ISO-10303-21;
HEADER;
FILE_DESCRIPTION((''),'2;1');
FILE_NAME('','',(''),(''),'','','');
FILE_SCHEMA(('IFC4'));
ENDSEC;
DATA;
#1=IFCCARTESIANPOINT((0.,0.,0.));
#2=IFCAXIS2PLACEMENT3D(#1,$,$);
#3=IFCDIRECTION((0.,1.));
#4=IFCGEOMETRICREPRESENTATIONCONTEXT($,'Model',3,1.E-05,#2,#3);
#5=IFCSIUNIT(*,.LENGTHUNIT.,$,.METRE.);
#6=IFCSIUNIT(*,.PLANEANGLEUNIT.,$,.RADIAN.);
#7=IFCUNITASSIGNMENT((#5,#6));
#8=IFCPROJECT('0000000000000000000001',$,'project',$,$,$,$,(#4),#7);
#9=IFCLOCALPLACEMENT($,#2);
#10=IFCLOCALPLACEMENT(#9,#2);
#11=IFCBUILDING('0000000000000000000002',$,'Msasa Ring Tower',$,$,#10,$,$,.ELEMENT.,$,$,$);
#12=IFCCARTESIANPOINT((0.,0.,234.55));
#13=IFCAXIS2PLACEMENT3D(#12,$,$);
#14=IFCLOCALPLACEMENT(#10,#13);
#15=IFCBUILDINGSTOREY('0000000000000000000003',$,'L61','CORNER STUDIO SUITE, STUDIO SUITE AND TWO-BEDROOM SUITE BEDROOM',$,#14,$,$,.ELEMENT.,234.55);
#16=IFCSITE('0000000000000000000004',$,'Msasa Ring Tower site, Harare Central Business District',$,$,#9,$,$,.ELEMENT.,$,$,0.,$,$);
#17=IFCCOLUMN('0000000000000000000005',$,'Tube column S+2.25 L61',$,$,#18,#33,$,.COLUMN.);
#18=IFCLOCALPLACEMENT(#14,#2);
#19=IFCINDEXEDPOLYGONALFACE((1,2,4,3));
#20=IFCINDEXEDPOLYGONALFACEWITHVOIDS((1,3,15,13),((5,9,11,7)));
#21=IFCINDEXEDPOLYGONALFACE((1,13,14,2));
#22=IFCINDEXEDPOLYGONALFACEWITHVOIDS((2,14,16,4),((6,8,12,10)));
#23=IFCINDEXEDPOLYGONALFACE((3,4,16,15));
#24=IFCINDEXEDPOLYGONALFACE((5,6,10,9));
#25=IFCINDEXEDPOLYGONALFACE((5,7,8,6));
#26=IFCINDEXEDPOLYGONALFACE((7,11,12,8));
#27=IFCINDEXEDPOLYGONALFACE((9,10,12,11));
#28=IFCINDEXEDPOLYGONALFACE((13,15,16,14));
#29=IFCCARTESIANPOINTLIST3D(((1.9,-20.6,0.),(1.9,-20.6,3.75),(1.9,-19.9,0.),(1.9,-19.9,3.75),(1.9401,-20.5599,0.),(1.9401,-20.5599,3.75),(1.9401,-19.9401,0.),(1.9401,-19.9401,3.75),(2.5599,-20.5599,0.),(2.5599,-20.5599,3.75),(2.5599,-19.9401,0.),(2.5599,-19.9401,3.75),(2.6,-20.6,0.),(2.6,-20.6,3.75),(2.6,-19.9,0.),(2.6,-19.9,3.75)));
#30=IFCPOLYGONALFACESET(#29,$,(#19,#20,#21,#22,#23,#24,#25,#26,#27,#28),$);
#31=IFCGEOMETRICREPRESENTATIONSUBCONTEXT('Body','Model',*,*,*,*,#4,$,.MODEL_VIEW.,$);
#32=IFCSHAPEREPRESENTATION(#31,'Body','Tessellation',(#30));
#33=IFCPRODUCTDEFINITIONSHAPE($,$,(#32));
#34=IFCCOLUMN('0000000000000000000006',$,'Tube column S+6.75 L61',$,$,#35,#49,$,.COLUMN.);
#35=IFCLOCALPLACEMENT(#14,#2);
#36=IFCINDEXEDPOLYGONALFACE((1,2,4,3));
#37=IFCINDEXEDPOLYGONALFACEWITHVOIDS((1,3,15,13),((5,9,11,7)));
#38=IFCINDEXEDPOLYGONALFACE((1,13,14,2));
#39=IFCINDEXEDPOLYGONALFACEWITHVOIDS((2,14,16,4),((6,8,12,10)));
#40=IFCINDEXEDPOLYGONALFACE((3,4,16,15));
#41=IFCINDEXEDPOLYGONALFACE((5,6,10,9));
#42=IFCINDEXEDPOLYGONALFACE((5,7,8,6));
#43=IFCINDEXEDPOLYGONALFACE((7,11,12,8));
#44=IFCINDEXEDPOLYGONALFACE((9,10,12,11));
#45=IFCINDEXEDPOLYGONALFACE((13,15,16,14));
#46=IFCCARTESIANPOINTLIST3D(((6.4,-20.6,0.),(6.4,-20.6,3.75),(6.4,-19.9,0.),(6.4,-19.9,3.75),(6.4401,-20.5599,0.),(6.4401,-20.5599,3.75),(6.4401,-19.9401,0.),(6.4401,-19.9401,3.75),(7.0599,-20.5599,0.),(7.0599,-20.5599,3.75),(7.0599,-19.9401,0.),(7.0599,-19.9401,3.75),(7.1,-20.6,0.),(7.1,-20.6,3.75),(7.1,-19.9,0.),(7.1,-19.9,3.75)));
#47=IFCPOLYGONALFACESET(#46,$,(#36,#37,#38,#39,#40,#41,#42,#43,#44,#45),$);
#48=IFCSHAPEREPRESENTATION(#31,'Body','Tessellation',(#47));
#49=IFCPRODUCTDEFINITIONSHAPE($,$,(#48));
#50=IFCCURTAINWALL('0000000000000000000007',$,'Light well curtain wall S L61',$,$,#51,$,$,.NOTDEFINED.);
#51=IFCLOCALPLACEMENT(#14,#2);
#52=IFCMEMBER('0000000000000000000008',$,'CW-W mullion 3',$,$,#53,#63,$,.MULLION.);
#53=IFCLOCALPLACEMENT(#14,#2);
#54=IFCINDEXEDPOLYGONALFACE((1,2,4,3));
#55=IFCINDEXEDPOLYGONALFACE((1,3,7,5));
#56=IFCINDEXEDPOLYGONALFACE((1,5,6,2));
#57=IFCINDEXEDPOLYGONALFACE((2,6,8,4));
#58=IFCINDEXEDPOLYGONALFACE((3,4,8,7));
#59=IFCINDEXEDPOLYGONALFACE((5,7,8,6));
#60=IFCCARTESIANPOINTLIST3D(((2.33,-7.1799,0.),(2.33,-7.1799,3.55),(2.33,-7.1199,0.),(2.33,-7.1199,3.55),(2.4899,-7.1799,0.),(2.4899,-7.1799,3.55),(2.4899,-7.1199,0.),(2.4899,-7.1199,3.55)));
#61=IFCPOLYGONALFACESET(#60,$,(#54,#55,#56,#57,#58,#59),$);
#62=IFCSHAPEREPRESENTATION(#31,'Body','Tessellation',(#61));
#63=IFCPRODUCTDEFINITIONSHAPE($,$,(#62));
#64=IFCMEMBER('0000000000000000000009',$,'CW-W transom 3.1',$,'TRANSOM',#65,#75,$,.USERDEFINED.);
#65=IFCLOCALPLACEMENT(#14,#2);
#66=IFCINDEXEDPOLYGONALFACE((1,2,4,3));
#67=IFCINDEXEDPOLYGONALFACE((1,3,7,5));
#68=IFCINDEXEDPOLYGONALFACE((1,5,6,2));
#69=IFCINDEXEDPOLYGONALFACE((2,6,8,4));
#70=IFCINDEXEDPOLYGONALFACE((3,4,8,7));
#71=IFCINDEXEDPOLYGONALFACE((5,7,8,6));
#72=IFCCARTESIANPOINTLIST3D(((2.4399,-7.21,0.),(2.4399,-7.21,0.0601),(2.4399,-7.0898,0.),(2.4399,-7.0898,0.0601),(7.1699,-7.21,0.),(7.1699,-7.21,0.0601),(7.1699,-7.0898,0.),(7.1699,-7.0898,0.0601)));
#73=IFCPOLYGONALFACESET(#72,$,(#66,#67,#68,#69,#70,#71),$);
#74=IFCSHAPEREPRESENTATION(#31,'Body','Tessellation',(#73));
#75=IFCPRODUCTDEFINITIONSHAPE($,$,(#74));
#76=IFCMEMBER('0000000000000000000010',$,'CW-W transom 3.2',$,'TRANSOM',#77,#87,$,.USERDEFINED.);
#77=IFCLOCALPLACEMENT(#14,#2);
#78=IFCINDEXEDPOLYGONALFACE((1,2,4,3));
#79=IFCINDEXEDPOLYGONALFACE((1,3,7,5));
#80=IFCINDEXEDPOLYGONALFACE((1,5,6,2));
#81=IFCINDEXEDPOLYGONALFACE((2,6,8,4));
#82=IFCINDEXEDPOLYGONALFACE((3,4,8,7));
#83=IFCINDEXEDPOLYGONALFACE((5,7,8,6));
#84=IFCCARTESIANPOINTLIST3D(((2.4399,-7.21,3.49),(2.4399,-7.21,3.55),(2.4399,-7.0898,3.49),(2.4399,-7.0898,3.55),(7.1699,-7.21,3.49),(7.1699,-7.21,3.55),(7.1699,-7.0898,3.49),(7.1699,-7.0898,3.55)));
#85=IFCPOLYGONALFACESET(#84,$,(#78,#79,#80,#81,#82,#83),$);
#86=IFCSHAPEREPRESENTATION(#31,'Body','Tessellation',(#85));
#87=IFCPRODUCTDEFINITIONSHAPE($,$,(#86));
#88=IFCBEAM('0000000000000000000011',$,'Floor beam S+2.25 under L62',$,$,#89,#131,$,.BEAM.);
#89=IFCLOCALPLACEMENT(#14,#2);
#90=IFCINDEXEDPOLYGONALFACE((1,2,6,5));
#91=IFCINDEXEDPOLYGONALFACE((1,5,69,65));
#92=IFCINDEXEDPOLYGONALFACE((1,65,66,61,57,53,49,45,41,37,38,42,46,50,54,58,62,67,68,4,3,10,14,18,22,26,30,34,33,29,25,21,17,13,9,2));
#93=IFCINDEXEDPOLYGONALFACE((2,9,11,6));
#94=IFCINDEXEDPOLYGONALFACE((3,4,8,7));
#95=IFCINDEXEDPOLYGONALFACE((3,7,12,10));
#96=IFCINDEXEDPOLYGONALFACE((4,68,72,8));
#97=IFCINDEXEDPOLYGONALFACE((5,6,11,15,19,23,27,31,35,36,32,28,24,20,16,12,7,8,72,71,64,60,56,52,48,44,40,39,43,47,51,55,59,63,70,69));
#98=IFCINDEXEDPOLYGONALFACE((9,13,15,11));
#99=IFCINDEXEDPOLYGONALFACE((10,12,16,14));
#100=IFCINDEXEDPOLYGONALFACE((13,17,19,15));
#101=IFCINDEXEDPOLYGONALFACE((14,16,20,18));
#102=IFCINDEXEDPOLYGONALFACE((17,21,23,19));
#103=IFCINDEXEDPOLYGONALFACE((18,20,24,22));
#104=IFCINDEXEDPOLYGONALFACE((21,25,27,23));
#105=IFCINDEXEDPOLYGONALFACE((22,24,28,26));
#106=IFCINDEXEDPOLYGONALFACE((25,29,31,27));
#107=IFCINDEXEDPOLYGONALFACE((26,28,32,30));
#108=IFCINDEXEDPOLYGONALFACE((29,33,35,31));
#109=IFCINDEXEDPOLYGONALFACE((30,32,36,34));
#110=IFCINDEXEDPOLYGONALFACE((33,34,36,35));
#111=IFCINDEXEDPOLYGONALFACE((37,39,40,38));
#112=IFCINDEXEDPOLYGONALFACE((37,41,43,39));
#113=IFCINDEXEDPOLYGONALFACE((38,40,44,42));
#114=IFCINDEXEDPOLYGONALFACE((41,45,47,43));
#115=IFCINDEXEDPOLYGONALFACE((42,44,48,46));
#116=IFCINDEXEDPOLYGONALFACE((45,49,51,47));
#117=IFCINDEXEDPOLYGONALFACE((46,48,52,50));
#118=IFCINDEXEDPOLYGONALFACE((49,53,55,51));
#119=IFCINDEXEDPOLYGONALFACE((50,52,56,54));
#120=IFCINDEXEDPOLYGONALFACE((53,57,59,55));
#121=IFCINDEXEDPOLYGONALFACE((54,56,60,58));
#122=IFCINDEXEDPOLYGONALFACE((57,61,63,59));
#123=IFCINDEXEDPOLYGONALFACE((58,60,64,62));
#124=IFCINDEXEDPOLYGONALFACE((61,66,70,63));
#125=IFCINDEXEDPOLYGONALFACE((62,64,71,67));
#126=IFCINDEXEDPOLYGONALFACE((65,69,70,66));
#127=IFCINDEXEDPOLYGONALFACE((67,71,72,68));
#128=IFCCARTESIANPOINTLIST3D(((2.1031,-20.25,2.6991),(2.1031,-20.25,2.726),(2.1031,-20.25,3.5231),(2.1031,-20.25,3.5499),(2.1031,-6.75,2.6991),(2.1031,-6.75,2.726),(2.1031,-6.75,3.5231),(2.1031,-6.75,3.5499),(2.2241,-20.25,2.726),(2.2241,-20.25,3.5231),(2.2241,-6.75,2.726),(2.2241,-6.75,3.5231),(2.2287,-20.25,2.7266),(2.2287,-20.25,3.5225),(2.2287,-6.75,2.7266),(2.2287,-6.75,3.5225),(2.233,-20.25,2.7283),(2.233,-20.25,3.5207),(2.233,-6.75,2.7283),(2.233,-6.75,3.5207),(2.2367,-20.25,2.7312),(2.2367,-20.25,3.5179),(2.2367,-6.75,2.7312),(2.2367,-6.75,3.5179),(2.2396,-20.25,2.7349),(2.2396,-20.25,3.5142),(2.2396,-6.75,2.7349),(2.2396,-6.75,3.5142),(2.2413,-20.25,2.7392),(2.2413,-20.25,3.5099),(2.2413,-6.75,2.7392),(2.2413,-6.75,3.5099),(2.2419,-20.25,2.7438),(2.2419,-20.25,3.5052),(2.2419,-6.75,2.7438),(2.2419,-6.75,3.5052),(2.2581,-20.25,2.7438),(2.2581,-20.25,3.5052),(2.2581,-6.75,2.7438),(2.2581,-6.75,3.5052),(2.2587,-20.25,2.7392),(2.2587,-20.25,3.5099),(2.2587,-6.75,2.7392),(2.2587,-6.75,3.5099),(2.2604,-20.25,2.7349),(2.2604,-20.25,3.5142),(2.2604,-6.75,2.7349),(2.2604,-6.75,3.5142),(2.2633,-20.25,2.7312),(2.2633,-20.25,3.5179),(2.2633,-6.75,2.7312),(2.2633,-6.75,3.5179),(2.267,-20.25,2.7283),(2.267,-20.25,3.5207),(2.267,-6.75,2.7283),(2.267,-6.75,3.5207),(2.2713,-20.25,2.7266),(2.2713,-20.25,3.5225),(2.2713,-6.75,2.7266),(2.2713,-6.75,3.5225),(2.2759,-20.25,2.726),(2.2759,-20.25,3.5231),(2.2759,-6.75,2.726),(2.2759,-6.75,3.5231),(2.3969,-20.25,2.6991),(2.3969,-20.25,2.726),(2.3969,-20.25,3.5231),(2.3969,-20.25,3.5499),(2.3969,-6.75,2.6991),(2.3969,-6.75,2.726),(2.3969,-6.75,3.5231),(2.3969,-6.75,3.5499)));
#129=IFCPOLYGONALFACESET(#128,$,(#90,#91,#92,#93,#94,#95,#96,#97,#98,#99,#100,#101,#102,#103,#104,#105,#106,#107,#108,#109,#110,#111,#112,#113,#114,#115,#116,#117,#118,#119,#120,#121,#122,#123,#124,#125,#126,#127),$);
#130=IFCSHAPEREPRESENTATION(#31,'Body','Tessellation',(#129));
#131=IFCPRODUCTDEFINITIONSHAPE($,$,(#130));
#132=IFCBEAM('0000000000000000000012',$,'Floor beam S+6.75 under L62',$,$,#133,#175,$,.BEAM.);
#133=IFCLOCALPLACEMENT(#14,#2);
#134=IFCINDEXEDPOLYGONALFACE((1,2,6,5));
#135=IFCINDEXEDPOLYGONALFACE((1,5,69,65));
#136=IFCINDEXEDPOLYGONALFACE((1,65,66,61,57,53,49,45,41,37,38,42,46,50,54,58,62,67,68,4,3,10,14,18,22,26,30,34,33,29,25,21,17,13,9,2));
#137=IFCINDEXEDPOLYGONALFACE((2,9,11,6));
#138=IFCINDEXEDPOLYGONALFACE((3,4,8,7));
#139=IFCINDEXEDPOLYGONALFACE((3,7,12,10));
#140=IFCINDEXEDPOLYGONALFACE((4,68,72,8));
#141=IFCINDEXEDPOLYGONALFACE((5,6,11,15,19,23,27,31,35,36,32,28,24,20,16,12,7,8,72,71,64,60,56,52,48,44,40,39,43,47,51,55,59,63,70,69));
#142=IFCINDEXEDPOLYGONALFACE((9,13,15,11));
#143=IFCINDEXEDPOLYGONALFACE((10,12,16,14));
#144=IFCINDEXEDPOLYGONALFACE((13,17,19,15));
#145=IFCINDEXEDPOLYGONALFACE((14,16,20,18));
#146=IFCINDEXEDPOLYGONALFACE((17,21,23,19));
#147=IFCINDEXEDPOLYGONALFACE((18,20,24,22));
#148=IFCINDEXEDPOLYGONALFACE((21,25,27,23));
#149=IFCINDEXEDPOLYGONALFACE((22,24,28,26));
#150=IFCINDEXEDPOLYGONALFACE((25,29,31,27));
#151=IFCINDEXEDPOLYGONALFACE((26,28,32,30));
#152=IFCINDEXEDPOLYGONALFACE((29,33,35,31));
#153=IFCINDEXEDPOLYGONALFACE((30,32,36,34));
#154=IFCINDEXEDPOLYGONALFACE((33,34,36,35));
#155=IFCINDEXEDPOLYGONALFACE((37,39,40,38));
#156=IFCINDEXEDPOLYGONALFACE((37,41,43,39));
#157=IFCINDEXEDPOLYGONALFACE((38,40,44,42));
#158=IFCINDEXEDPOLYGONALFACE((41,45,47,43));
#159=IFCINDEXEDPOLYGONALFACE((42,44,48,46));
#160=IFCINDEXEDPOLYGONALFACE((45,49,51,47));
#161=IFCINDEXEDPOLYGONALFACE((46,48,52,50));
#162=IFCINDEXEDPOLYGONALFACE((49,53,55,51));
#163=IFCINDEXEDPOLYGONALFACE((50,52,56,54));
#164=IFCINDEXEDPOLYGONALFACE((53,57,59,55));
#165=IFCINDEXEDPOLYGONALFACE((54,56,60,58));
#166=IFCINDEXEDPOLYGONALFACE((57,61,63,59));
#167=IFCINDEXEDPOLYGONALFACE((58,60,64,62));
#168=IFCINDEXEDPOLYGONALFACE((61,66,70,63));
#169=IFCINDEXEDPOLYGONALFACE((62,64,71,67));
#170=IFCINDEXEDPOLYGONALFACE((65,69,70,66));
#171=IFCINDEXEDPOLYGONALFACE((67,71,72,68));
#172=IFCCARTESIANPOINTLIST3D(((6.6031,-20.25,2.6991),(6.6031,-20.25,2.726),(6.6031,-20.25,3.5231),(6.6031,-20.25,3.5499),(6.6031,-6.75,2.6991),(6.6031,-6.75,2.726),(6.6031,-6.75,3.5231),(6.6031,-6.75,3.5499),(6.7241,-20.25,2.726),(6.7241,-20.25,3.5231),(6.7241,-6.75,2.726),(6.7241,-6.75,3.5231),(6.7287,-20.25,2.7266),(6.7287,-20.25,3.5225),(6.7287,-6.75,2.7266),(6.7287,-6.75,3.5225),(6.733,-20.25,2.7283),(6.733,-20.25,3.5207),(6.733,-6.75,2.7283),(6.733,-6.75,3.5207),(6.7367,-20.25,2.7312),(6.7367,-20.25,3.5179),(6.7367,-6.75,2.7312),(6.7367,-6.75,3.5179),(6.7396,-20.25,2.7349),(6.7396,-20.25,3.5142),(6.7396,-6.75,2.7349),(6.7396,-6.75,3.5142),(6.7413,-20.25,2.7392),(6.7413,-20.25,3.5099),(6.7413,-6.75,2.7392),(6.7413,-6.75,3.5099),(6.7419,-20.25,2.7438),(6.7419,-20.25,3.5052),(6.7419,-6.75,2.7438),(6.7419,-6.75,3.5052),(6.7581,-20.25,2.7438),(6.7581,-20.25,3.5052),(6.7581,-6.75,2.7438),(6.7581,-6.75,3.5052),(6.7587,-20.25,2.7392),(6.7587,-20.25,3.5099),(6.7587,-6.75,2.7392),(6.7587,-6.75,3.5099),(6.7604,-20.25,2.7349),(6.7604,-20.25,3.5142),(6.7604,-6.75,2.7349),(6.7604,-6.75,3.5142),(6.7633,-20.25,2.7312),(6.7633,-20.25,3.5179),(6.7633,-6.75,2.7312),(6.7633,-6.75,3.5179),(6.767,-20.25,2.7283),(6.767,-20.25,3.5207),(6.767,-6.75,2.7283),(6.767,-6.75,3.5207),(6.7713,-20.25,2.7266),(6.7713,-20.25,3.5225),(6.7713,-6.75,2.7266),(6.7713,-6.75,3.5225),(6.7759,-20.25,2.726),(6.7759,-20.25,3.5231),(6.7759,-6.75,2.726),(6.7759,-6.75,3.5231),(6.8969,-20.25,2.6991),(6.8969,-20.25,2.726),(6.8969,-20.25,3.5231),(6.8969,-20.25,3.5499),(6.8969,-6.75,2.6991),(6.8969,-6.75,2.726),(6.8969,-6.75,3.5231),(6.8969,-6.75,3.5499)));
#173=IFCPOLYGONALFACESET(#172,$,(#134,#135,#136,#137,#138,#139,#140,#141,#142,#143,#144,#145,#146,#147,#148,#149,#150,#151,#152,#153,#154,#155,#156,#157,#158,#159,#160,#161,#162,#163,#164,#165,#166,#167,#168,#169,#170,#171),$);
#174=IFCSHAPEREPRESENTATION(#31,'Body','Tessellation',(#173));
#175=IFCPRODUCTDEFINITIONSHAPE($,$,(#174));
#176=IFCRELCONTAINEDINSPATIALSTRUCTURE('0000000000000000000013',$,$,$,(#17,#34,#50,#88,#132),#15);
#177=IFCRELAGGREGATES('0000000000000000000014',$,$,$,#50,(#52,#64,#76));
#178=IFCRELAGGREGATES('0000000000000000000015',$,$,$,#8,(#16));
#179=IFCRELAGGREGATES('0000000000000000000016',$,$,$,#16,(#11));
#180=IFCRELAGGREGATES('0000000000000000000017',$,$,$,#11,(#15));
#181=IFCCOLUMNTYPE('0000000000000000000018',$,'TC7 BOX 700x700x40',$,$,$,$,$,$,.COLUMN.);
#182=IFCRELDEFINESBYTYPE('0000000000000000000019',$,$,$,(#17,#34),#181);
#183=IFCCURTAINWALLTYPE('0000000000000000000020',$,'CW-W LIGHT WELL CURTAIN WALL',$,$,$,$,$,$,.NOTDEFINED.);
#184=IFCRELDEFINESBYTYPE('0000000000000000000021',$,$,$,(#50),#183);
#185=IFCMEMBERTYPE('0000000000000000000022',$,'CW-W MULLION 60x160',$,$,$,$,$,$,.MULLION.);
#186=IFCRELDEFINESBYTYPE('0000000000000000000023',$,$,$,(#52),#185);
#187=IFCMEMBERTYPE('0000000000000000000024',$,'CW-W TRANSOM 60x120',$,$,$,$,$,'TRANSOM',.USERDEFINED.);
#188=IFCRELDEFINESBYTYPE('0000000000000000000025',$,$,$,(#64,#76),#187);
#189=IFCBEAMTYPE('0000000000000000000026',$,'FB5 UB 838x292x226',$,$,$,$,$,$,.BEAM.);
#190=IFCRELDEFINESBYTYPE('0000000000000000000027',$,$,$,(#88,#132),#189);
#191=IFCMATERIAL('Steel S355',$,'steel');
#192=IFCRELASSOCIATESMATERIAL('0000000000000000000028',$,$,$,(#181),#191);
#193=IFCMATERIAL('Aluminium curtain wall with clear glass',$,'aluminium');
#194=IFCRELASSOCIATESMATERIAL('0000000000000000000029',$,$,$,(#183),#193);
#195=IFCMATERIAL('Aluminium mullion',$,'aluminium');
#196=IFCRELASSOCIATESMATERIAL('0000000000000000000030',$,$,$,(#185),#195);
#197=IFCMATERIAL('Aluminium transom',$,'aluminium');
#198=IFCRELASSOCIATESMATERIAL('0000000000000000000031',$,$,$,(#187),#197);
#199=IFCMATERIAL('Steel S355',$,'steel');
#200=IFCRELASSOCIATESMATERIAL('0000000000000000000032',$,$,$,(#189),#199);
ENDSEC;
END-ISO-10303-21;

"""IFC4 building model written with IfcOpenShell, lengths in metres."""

from ifc_helpers import new_model, si_unit, direction, frame, origin, origin_2d, place, context, subcontext, project, spatial, rectangle, hollow_rectangle, i_section, extrude, material, material_profile, profile_set, type_object, element, aggregate, save


model = new_model("IFC4")

# Units and contexts
model_context = context("Model", 3, precision=1e-05, world=origin(), true_north=direction((0.0, 1.0)))
body_context = subcontext(model_context, "Body", "Model", "MODEL_VIEW")
ifc_project = project(units=[si_unit("LENGTHUNIT", "METRE"), si_unit("PLANEANGLEUNIT", "RADIAN")], contexts=[model_context])

# Site, building, storey
site_placement = place(None, origin())
site = spatial("IfcSite", under=ifc_project, at=site_placement, Name="Msasa Ring Tower site, Harare Central Business District", CompositionType="ELEMENT", RefElevation=0.0)
building_placement = place(site_placement, origin())
building = spatial("IfcBuilding", under=site, at=building_placement, Name="Msasa Ring Tower", CompositionType="ELEMENT")
storey_placement = place(building_placement, frame((0.0, 0.0, 234.55)))
storey = spatial("IfcBuildingStorey", under=building, at=storey_placement, Name="L61", Description="CORNER STUDIO SUITE, STUDIO SUITE AND TWO-BEDROOM SUITE BEDROOM", CompositionType="ELEMENT", Elevation=234.55)

# Columns
ifc_material_1 = material(Name="Steel S355", Category="steel")
ifc_material_profile_1 = material_profile(ifc_material_1, hollow_rectangle(XDim=0.7, YDim=0.7, WallThickness=0.04, at=origin_2d()), Name="BOX 700x700x40")
ifc_profile_set_1 = profile_set([ifc_material_profile_1], Name="Steel S355")
column_type = type_object("IfcColumnType", Name="TC7 BOX 700x700x40", PredefinedType="COLUMN", material=ifc_profile_set_1)
for number, where, z_axis, x_axis, name in (
    (1, (2.25, -20.25, 0.0), (0.0, 0.0, 1.0), (0.0, 1.0, 0.0), "Tube column S+2.25 L61"),
    (2, (6.75, -20.25, 0.0), (0.0, 0.0, 1.0), (0.0, 1.0, 0.0), "Tube column S+6.75 L61"),
):
    element("IfcColumn", number, at=place(storey_placement, frame(where, z_axis=z_axis, x_axis=x_axis)), inside=storey, type_object=column_type, Name=name, PredefinedType="COLUMN", context=body_context, shape_type="SweptSolid", body=[
        extrude(hollow_rectangle(XDim=0.7, YDim=0.7, WallThickness=0.04, at=origin_2d()), origin(), (0.0, 0.0, 1.0), 3.75),
    ])

# Curtain wall, members
ifc_material_2 = material(Name="Aluminium curtain wall with clear glass", Category="aluminium")
curtain_wall_type = type_object("IfcCurtainWallType", Name="CW-W LIGHT WELL CURTAIN WALL", PredefinedType="NOTDEFINED", material=ifc_material_2)
curtain_wall_placement = place(storey_placement, origin())
curtain_wall = element("IfcCurtainWall", 3, at=curtain_wall_placement, inside=storey, type_object=curtain_wall_type, Name="Light well curtain wall S L61", PredefinedType="NOTDEFINED")
ifc_material_3 = material(Name="Aluminium mullion", Category="aluminium")
ifc_material_profile_2 = material_profile(ifc_material_3, rectangle(XDim=0.0601, YDim=0.1599, at=origin_2d()), Name="AL 60x160")
ifc_profile_set_2 = profile_set([ifc_material_profile_2], Name="Aluminium mullion")
member_type_1 = type_object("IfcMemberType", Name="CW-W MULLION 60x160", PredefinedType="MULLION", material=ifc_profile_set_2)
member_1_placement = place(storey_placement, frame((2.4099, -7.1499, 0.0), z_axis=(0.0, 0.0, 1.0), x_axis=(0.0, 1.0, 0.0)))
member_1 = element("IfcMember", 4, at=member_1_placement, type_object=member_type_1, Name="CW-W mullion 3", PredefinedType="MULLION", context=body_context, shape_type="SweptSolid", body=[
    extrude(rectangle(XDim=0.0601, YDim=0.1599, at=origin_2d()), origin(), (0.0, 0.0, 1.0), 3.55),
])
ifc_material_4 = material(Name="Aluminium transom", Category="aluminium")
ifc_material_profile_3 = material_profile(ifc_material_4, rectangle(XDim=0.1201, YDim=0.0601, at=origin_2d()), Name="AL 60x120")
ifc_profile_set_3 = profile_set([ifc_material_profile_3], Name="Aluminium transom")
member_type_2 = type_object("IfcMemberType", Name="CW-W TRANSOM 60x120", ElementType="TRANSOM", PredefinedType="USERDEFINED", material=ifc_profile_set_3)
member_2_placement = place(storey_placement, frame((2.4399, -7.1499, 0.03), z_axis=(1.0, 0.0, 0.0), x_axis=(0.0, 1.0, 0.0)))
member_2 = element("IfcMember", 5, at=member_2_placement, type_object=member_type_2, Name="CW-W transom 3.1", ObjectType="TRANSOM", PredefinedType="USERDEFINED", context=body_context, shape_type="SweptSolid", body=[
    extrude(rectangle(XDim=0.1201, YDim=0.0601, at=origin_2d()), origin(), (0.0, 0.0, 1.0), 4.73),
])
member_3_placement = place(storey_placement, frame((2.4399, -7.1499, 3.52), z_axis=(1.0, 0.0, 0.0), x_axis=(0.0, 1.0, 0.0)))
member_3 = element("IfcMember", 6, at=member_3_placement, type_object=member_type_2, Name="CW-W transom 3.2", ObjectType="TRANSOM", PredefinedType="USERDEFINED", context=body_context, shape_type="SweptSolid", body=[
    extrude(rectangle(XDim=0.1201, YDim=0.0601, at=origin_2d()), origin(), (0.0, 0.0, 1.0), 4.73),
])

# Beams
ifc_material_5 = material(Name="Steel S355", Category="steel")
ifc_material_profile_4 = material_profile(ifc_material_5, i_section(OverallWidth=0.2937, OverallDepth=0.8508, WebThickness=0.0161, FlangeThickness=0.0269, FilletRadius=0.0178, at=origin_2d()), Name="UB 838x292x226")
ifc_profile_set_4 = profile_set([ifc_material_profile_4], Name="Steel S355")
beam_type_1 = type_object("IfcBeamType", Name="FB5 UB 838x292x226", PredefinedType="BEAM", material=ifc_profile_set_4)
for number, where, z_axis, x_axis, name in (
    (7, (2.25, -20.25, 3.1245), (0.0, 1.0, 0.0), (-1.0, 0.0, 0.0), "Floor beam S+2.25 under L62"),
    (8, (6.75, -20.25, 3.1245), (0.0, 1.0, 0.0), (-1.0, 0.0, 0.0), "Floor beam S+6.75 under L62"),
):
    element("IfcBeam", number, at=place(storey_placement, frame(where, z_axis=z_axis, x_axis=x_axis)), inside=storey, type_object=beam_type_1, Name=name, PredefinedType="BEAM", context=body_context, shape_type="SweptSolid", body=[
        extrude(i_section(OverallWidth=0.2937, OverallDepth=0.8508, WebThickness=0.0161, FlangeThickness=0.0269, FilletRadius=0.0178, at=origin_2d()), origin(), (0.0, 0.0, 1.0), 13.5),
    ])

aggregate(curtain_wall, [member_1, member_2, member_3])

save(model, "model.ifc")
